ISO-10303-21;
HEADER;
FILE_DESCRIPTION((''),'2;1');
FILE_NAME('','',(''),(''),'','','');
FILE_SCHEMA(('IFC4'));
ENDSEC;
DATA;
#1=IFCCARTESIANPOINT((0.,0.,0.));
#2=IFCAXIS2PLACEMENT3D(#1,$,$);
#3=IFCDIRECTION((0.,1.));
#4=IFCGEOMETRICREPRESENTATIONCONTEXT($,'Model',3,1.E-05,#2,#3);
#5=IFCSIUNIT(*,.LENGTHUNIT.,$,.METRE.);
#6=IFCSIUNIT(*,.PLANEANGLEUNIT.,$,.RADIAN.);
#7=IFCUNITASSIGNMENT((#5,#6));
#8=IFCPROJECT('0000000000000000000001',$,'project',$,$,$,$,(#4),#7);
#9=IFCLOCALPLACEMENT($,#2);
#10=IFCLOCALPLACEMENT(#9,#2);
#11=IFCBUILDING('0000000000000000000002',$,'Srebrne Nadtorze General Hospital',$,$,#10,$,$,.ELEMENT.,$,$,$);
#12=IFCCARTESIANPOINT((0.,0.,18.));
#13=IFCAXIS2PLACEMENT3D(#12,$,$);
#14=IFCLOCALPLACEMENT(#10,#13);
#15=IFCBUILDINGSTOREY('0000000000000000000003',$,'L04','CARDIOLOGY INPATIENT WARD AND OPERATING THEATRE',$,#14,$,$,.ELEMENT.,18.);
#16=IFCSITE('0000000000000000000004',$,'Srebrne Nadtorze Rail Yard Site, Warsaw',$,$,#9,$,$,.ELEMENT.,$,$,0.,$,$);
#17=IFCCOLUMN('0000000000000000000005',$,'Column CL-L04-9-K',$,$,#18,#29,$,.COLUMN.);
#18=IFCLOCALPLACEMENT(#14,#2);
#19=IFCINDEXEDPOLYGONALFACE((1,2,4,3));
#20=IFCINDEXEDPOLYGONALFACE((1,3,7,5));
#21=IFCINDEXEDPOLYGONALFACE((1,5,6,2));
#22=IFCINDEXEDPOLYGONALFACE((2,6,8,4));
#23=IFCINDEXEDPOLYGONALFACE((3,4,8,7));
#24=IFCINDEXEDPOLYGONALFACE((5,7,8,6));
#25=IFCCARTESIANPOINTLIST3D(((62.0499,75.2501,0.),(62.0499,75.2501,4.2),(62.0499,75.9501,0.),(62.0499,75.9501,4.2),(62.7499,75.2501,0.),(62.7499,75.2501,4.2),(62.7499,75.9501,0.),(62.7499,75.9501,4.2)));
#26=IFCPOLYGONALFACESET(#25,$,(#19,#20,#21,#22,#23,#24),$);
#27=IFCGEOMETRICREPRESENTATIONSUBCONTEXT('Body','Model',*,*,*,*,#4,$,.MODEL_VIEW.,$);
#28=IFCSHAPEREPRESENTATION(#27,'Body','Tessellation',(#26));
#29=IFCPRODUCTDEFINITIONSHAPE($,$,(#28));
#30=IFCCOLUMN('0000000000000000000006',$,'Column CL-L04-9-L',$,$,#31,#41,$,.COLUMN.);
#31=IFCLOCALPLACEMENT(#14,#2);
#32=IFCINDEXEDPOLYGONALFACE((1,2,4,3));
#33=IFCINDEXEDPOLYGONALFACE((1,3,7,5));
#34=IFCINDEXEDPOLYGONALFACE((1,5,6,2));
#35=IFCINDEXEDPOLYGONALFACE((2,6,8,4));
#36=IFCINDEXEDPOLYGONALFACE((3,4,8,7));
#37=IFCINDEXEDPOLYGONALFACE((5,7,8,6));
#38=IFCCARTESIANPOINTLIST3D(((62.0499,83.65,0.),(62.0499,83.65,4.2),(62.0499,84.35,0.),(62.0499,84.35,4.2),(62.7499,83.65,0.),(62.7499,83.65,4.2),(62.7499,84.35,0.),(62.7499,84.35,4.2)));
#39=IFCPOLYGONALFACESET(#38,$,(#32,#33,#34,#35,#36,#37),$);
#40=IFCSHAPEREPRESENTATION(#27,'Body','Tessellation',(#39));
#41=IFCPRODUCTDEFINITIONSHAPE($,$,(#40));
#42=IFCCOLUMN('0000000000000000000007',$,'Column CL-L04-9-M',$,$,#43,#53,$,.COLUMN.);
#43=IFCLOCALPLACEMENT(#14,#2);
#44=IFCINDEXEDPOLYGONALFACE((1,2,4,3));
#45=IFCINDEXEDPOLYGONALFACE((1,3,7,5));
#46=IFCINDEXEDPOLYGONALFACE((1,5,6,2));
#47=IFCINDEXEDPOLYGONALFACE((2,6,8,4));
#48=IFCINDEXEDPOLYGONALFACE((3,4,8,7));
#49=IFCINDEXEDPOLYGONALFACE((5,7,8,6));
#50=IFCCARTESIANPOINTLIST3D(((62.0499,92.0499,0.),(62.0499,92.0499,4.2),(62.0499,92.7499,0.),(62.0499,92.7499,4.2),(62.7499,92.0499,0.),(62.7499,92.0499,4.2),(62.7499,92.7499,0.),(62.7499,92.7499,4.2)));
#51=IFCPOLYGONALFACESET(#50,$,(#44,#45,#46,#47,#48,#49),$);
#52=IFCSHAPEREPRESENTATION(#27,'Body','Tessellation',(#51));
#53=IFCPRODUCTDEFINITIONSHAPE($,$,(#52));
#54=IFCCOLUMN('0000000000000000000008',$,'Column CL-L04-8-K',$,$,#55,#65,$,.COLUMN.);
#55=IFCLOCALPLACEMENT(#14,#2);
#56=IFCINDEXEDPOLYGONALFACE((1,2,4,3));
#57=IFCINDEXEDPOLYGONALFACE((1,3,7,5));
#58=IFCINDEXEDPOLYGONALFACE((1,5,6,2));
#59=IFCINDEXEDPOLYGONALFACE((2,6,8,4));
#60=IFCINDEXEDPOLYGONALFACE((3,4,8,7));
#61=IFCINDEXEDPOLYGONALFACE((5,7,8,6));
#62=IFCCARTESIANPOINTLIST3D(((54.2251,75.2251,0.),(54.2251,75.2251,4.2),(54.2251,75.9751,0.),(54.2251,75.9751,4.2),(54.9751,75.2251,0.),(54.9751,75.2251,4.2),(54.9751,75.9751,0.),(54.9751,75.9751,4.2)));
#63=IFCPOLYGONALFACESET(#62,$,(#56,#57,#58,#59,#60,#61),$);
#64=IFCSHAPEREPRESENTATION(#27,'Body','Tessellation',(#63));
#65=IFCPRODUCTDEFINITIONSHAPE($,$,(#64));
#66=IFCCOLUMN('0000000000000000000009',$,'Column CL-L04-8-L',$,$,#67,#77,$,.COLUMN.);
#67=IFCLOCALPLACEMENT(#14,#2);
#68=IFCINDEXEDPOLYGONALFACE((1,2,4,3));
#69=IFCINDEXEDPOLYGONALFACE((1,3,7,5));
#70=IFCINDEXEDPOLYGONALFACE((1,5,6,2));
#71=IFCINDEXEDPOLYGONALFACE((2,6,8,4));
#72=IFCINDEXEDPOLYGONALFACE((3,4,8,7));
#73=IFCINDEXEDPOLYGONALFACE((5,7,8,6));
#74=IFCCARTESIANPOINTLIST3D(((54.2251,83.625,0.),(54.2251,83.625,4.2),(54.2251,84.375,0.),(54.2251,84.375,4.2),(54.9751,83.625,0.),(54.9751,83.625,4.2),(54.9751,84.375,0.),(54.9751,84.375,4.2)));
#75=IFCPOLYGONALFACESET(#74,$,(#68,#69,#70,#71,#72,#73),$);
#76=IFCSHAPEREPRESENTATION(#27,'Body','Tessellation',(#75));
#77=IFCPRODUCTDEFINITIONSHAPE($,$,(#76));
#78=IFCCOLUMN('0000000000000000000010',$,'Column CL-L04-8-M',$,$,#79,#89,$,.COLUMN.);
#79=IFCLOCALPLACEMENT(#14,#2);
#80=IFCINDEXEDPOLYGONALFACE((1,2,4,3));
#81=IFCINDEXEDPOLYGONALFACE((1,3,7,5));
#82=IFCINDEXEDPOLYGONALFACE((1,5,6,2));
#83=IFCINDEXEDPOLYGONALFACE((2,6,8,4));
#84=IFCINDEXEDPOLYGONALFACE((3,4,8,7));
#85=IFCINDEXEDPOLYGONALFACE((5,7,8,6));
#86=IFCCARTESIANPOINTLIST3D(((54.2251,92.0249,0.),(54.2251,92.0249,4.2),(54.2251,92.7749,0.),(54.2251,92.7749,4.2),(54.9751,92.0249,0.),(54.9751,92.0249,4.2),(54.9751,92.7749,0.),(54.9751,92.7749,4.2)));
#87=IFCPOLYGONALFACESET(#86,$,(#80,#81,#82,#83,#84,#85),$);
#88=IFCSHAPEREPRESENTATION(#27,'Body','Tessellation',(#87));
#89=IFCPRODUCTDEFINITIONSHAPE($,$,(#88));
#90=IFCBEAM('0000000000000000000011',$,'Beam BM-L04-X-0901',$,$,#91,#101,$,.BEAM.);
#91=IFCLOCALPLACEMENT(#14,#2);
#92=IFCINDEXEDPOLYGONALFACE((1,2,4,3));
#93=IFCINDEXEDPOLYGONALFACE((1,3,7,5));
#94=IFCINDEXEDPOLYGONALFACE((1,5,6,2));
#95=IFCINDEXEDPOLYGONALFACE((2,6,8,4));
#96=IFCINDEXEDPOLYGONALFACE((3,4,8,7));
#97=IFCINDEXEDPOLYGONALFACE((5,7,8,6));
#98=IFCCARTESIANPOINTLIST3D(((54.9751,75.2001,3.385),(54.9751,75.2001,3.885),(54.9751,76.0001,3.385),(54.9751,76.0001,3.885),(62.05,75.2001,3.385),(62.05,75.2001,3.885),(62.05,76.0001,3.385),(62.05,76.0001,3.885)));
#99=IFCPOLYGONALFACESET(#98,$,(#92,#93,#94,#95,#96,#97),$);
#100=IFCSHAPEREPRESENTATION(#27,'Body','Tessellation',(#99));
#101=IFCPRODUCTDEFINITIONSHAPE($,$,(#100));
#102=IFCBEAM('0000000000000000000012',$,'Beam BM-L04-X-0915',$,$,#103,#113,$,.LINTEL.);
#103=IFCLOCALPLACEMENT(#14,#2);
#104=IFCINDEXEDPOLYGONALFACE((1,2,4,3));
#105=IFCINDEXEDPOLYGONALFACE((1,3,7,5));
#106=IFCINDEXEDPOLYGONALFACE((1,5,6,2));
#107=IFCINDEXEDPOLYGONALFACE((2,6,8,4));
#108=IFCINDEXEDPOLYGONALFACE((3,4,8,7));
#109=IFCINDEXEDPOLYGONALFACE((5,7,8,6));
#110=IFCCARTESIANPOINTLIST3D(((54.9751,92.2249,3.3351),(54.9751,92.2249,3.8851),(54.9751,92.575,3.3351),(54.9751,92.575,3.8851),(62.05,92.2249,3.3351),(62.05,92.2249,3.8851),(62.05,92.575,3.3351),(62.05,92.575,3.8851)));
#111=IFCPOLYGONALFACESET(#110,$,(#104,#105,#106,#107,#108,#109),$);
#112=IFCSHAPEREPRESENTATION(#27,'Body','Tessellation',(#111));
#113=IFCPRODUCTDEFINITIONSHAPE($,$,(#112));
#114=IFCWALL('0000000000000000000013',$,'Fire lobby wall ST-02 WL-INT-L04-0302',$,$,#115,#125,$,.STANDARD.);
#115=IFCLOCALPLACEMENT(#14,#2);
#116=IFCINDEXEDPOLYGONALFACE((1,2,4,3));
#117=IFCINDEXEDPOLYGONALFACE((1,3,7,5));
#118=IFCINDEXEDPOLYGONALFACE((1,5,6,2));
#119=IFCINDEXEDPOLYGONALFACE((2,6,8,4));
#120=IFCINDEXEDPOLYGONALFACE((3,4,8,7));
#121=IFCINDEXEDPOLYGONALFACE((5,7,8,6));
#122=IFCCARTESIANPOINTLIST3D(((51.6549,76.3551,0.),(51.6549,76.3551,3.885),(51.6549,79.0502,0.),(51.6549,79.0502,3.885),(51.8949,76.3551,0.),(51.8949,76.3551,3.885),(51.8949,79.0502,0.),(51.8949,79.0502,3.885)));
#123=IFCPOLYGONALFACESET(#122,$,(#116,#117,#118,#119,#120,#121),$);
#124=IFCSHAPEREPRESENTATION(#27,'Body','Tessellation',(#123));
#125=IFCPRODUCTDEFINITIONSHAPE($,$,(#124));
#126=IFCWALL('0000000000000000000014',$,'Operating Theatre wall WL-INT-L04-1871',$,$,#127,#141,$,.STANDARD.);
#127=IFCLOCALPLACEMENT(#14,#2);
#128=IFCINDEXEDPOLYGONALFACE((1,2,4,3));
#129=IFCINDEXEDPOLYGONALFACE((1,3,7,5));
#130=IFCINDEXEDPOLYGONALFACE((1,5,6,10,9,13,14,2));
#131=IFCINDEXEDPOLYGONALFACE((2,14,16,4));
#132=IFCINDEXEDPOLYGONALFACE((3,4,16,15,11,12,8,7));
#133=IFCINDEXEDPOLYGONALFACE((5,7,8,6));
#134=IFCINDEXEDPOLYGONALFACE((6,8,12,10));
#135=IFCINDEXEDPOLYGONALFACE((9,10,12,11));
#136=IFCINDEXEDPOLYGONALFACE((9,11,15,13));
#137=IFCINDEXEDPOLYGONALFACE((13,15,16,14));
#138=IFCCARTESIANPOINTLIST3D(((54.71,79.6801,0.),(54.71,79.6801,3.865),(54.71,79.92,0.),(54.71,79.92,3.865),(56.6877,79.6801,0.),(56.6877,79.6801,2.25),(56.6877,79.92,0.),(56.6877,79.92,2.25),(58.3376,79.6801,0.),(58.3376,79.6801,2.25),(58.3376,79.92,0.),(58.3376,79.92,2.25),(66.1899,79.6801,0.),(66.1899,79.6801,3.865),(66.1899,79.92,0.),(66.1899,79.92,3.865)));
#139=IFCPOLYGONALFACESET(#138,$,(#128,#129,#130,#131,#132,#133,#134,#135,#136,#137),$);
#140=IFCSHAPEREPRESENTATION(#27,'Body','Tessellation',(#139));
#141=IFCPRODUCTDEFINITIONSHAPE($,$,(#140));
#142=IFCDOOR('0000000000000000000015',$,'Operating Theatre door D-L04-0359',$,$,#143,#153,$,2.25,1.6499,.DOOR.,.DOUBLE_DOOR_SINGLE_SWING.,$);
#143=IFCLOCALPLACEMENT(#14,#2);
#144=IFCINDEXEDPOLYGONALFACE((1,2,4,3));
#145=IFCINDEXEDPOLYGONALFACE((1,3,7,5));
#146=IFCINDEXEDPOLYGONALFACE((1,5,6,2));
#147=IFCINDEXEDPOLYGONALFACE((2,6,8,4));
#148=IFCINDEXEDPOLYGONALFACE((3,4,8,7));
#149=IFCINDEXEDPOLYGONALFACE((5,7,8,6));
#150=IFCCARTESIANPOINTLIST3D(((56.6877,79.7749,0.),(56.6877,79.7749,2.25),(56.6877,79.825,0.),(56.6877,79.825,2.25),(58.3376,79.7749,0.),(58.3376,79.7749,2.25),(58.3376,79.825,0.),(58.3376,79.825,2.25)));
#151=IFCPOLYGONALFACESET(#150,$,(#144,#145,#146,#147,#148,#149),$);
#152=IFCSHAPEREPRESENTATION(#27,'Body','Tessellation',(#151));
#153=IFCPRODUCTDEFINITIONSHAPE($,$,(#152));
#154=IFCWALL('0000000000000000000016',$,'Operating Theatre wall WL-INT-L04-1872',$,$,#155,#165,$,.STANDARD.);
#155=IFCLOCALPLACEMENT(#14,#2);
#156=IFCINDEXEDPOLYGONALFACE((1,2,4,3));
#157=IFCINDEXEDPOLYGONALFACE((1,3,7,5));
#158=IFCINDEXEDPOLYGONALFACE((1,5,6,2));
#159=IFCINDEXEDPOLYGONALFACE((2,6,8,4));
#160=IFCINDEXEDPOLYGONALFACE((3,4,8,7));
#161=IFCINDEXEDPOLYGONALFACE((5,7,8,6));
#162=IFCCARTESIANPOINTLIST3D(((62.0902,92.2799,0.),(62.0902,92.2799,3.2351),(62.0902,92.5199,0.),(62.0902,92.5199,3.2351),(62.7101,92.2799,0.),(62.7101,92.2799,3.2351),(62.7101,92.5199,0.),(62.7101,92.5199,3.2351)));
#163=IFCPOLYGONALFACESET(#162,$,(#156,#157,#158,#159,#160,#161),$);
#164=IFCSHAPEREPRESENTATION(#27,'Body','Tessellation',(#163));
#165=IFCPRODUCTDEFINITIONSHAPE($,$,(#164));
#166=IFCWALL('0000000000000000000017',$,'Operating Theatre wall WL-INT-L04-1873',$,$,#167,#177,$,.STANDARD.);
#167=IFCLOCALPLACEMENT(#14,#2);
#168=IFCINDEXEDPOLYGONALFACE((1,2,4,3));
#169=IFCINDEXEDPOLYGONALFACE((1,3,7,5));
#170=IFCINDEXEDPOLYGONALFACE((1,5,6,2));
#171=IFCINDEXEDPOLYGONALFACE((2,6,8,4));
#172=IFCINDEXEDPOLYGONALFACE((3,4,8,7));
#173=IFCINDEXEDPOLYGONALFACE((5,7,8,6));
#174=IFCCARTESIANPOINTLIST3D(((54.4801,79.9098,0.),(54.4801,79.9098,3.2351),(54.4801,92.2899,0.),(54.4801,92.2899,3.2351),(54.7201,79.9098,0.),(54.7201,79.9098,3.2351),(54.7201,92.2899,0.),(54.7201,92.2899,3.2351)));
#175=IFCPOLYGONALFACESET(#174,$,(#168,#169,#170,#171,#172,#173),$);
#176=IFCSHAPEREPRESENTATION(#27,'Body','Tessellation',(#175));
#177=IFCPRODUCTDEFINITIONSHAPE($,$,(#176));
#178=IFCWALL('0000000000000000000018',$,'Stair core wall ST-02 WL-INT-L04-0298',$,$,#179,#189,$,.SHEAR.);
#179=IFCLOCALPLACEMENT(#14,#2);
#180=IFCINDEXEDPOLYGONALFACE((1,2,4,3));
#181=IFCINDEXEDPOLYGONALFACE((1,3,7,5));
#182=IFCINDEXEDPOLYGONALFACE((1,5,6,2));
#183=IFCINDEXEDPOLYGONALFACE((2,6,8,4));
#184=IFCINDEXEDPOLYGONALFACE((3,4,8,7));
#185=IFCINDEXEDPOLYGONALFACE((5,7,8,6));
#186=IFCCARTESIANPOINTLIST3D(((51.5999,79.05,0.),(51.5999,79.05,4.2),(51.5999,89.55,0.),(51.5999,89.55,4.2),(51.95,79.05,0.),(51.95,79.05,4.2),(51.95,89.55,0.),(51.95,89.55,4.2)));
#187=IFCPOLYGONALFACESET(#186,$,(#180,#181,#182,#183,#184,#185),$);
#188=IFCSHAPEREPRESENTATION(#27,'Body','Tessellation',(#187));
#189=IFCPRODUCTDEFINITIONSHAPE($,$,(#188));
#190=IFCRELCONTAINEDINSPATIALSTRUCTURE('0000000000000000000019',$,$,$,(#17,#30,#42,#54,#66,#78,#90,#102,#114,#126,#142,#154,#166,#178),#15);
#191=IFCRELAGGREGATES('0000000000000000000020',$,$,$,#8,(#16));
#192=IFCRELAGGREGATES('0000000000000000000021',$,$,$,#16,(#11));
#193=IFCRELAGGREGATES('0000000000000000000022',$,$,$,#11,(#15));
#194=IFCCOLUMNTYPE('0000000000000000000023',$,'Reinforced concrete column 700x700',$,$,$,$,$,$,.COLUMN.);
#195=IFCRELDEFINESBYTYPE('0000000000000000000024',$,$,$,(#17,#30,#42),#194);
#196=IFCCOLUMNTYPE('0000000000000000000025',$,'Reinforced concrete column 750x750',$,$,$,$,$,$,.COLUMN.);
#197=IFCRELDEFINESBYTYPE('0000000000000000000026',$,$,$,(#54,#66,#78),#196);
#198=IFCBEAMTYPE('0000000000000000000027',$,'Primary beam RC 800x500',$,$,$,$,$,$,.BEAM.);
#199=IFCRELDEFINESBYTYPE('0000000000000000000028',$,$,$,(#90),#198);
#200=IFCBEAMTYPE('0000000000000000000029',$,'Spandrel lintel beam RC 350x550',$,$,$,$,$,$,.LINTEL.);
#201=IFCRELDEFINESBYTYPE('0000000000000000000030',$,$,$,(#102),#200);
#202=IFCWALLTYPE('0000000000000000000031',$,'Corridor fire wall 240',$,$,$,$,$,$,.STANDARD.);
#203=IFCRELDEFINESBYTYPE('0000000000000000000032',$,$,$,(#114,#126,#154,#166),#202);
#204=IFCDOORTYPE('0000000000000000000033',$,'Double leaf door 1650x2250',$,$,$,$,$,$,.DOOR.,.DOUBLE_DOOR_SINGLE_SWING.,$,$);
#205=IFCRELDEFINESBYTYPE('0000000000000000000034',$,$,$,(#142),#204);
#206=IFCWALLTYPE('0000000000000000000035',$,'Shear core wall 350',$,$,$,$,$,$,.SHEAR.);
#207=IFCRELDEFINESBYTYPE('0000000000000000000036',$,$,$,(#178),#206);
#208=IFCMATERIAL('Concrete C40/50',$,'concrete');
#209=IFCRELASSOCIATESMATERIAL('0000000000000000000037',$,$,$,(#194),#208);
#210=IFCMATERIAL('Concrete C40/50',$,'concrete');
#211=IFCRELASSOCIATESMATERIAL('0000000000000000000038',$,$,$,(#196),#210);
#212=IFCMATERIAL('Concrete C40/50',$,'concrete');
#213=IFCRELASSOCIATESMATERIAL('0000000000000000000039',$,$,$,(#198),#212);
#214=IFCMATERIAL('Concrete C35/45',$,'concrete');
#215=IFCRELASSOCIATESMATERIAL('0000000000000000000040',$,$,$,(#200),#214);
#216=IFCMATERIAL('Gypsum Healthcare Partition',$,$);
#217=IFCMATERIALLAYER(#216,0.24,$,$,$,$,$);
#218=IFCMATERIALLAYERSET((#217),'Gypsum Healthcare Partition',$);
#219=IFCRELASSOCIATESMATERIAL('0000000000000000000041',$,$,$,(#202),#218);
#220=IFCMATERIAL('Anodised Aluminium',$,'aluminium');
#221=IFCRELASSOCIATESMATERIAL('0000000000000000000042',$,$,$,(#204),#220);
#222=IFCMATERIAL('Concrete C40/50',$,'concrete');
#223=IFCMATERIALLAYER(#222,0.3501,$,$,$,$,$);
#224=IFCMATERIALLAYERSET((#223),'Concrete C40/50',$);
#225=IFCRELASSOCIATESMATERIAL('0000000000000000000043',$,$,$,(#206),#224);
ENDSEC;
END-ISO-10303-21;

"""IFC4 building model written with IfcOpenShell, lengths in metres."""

from ifc_helpers import new_model, si_unit, direction, frame, frame_2d, origin, origin_2d, place, context, subcontext, project, spatial, rectangle, extrude, material, layer, layer_set, material_profile, profile_set, type_object, element, fill, save


model = new_model("IFC4")

# Units and contexts
model_context = context("Model", 3, precision=1e-05, world=origin(), true_north=direction((0.0, 1.0)))
body_context = subcontext(model_context, "Body", "Model", "MODEL_VIEW")
ifc_project = project(units=[si_unit("LENGTHUNIT", "METRE"), si_unit("PLANEANGLEUNIT", "RADIAN")], contexts=[model_context])

# Site, building, storey
site_placement = place(None, origin())
site = spatial("IfcSite", under=ifc_project, at=site_placement, Name="Srebrne Nadtorze Rail Yard Site, Warsaw", CompositionType="ELEMENT", RefElevation=0.0)
building_placement = place(site_placement, origin())
building = spatial("IfcBuilding", under=site, at=building_placement, Name="Srebrne Nadtorze General Hospital", CompositionType="ELEMENT")
storey_placement = place(building_placement, frame((0.0, 0.0, 18.0)))
storey = spatial("IfcBuildingStorey", under=building, at=storey_placement, Name="L04", Description="CARDIOLOGY INPATIENT WARD AND OPERATING THEATRE", CompositionType="ELEMENT", Elevation=18.0)

# Columns
ifc_material_1 = material(Name="Concrete C40/50", Category="concrete")
ifc_material_profile_1 = material_profile(ifc_material_1, rectangle(XDim=0.7, YDim=0.7, at=origin_2d()), Name="RC-COL-700x700")
ifc_profile_set_1 = profile_set([ifc_material_profile_1], Name="Concrete C40/50")
column_type_1 = type_object("IfcColumnType", Name="Reinforced concrete column 700x700", PredefinedType="COLUMN", material=ifc_profile_set_1)
for number, where, z_axis, x_axis, name in (
    (1, (62.3999, 75.6001, 0.0), (0.0, 0.0, 1.0), (1.0, 0.0, 0.0), "Column CL-L04-9-K"),
    (2, (62.3999, 84.0, 0.0), (0.0, 0.0, 1.0), (1.0, 0.0, 0.0), "Column CL-L04-9-L"),
    (3, (62.3999, 92.3999, 0.0), (0.0, 0.0, 1.0), (1.0, 0.0, 0.0), "Column CL-L04-9-M"),
):
    element("IfcColumn", number, at=place(storey_placement, frame(where, z_axis=z_axis, x_axis=x_axis)), inside=storey, type_object=column_type_1, Name=name, PredefinedType="COLUMN", context=body_context, shape_type="SweptSolid", body=[
        extrude(rectangle(XDim=0.7, YDim=0.7, at=origin_2d()), origin(), (0.0, 0.0, 1.0), 4.2),
    ])
ifc_material_2 = material(Name="Concrete C40/50", Category="concrete")
ifc_material_profile_2 = material_profile(ifc_material_2, rectangle(XDim=0.75, YDim=0.75, at=origin_2d()), Name="RC-COL-750x750")
ifc_profile_set_2 = profile_set([ifc_material_profile_2], Name="Concrete C40/50")
column_type_2 = type_object("IfcColumnType", Name="Reinforced concrete column 750x750", PredefinedType="COLUMN", material=ifc_profile_set_2)
for number, where, z_axis, x_axis, name in (
    (4, (54.6001, 75.6001, 0.0), (0.0, 0.0, 1.0), (1.0, 0.0, 0.0), "Column CL-L04-8-K"),
    (5, (54.6001, 84.0, 0.0), (0.0, 0.0, 1.0), (1.0, 0.0, 0.0), "Column CL-L04-8-L"),
    (6, (54.6001, 92.3999, 0.0), (0.0, 0.0, 1.0), (1.0, 0.0, 0.0), "Column CL-L04-8-M"),
):
    element("IfcColumn", number, at=place(storey_placement, frame(where, z_axis=z_axis, x_axis=x_axis)), inside=storey, type_object=column_type_2, Name=name, PredefinedType="COLUMN", context=body_context, shape_type="SweptSolid", body=[
        extrude(rectangle(XDim=0.75, YDim=0.75, at=origin_2d()), origin(), (0.0, 0.0, 1.0), 4.2),
    ])

# Beams
ifc_material_3 = material(Name="Concrete C40/50", Category="concrete")
ifc_material_profile_3 = material_profile(ifc_material_3, rectangle(XDim=0.8, YDim=0.5, at=origin_2d()), Name="RC-BM-800x500")
ifc_profile_set_3 = profile_set([ifc_material_profile_3], Name="Concrete C40/50")
beam_type_1 = type_object("IfcBeamType", Name="Primary beam RC 800x500", PredefinedType="BEAM", material=ifc_profile_set_3)
beam_1_placement = place(storey_placement, frame((54.9751, 75.6001, 3.635), z_axis=(1.0, 0.0, 0.0), x_axis=(0.0, 1.0, 0.0)))
element("IfcBeam", 7, at=beam_1_placement, inside=storey, type_object=beam_type_1, Name="Beam BM-L04-X-0901", PredefinedType="BEAM", context=body_context, shape_type="SweptSolid", body=[
    extrude(rectangle(XDim=0.8, YDim=0.5, at=origin_2d()), origin(), (0.0, 0.0, 1.0), 7.075),
])
ifc_material_4 = material(Name="Concrete C35/45", Category="concrete")
ifc_material_profile_4 = material_profile(ifc_material_4, rectangle(XDim=0.3501, YDim=0.55, at=origin_2d()), Name="RC-BM-350x550")
ifc_profile_set_4 = profile_set([ifc_material_profile_4], Name="Concrete C35/45")
beam_type_2 = type_object("IfcBeamType", Name="Spandrel lintel beam RC 350x550", PredefinedType="LINTEL", material=ifc_profile_set_4)
beam_2_placement = place(storey_placement, frame((54.9751, 92.3999, 3.6101), z_axis=(1.0, 0.0, 0.0), x_axis=(0.0, 1.0, 0.0)))
element("IfcBeam", 8, at=beam_2_placement, inside=storey, type_object=beam_type_2, Name="Beam BM-L04-X-0915", PredefinedType="LINTEL", context=body_context, shape_type="SweptSolid", body=[
    extrude(rectangle(XDim=0.3501, YDim=0.55, at=origin_2d()), origin(), (0.0, 0.0, 1.0), 7.075),
])

# Wall
ifc_material_5 = material(Name="Gypsum Healthcare Partition")
ifc_layer_1 = layer(ifc_material_5, 0.24)
ifc_layer_set_1 = layer_set([ifc_layer_1], Name="Gypsum Healthcare Partition")
wall_type_1 = type_object("IfcWallType", Name="Corridor fire wall 240", PredefinedType="STANDARD", material=ifc_layer_set_1)
wall_1_placement = place(storey_placement, frame((51.7749, 76.355, 0.0), z_axis=(0.0, 0.0, 1.0), x_axis=(0.0, 1.0, 0.0)))
element("IfcWall", 9, at=wall_1_placement, inside=storey, type_object=wall_type_1, Name="Fire lobby wall ST-02 WL-INT-L04-0302", PredefinedType="STANDARD", context=body_context, shape_type="SweptSolid", body=[
    extrude(rectangle(XDim=2.6951, YDim=0.24, at=frame_2d((1.3477, 0.0))), origin(), (0.0, 0.0, 1.0), 3.885),
])

# Wall, opening, door
wall_2_placement = place(storey_placement, frame((54.71, 79.8, 0.0), z_axis=(0.0, 0.0, 1.0), x_axis=(1.0, 0.0, 0.0)))
wall_2 = element("IfcWall", 10, at=wall_2_placement, inside=storey, type_object=wall_type_1, Name="Operating Theatre wall WL-INT-L04-1871", PredefinedType="STANDARD", context=body_context, shape_type="SweptSolid", body=[
    extrude(rectangle(XDim=11.48, YDim=0.24, at=frame_2d((5.74, 0.0))), origin(), (0.0, 0.0, 1.0), 3.865),
])
opening_1_placement = place(wall_2_placement, frame((1.9778, 0.0, 0.0)))
opening_1 = element("IfcOpeningElement", 11, at=opening_1_placement, cuts=wall_2, PredefinedType="OPENING", context=body_context, shape_type="SweptSolid", body=[
    extrude(rectangle(XDim=1.6499, YDim=2.25, at=frame_2d((0.825, 1.125))), frame((0.0, 0.1318, 0.0), z_axis=(0.0, -1.0, 0.0), x_axis=(1.0, 0.0, 0.0)), (0.0, 0.0, 1.0), 0.2639),
])
ifc_material_6 = material(Name="Anodised Aluminium", Category="aluminium")
door_type = type_object("IfcDoorType", Name="Double leaf door 1650x2250", OperationType="DOUBLE_DOOR_SINGLE_SWING", PredefinedType="DOOR", material=ifc_material_6)
door_placement = place(opening_1_placement, origin())
door = element("IfcDoor", 12, at=door_placement, inside=storey, type_object=door_type, Name="Operating Theatre door D-L04-0359", OperationType="DOUBLE_DOOR_SINGLE_SWING", OverallHeight=2.25, OverallWidth=1.6499, PredefinedType="DOOR", context=body_context, shape_type="SweptSolid", body=[
    extrude(rectangle(XDim=1.6499, YDim=2.25, at=frame_2d((0.825, 1.125))), frame((0.0, 0.0249, 0.0), z_axis=(0.0, -1.0, 0.0), x_axis=(1.0, 0.0, 0.0)), (0.0, 0.0, 1.0), 0.05),
])
fill(opening_1, door)

# Walls
wall_3_placement = place(storey_placement, frame((62.0901, 92.3999, 0.0), z_axis=(0.0, 0.0, 1.0), x_axis=(1.0, 0.0, 0.0)))
element("IfcWall", 13, at=wall_3_placement, inside=storey, type_object=wall_type_1, Name="Operating Theatre wall WL-INT-L04-1872", PredefinedType="STANDARD", context=body_context, shape_type="SweptSolid", body=[
    extrude(rectangle(XDim=0.6199, YDim=0.24, at=frame_2d((0.3101, 0.0))), origin(), (0.0, 0.0, 1.0), 3.2351),
])
wall_4_placement = place(storey_placement, frame((54.6001, 79.9099, 0.0), z_axis=(0.0, 0.0, 1.0), x_axis=(0.0, 1.0, 0.0)))
element("IfcWall", 14, at=wall_4_placement, inside=storey, type_object=wall_type_1, Name="Operating Theatre wall WL-INT-L04-1873", PredefinedType="STANDARD", context=body_context, shape_type="SweptSolid", body=[
    extrude(rectangle(XDim=12.3801, YDim=0.24, at=frame_2d((6.1899, 0.0))), origin(), (0.0, 0.0, 1.0), 3.2351),
])
ifc_material_7 = material(Name="Concrete C40/50", Category="concrete")
ifc_layer_2 = layer(ifc_material_7, 0.3501)
ifc_layer_set_2 = layer_set([ifc_layer_2], Name="Concrete C40/50")
wall_type_2 = type_object("IfcWallType", Name="Shear core wall 350", PredefinedType="SHEAR", material=ifc_layer_set_2)
wall_5_placement = place(storey_placement, frame((51.7749, 79.05, 0.0), z_axis=(0.0, 0.0, 1.0), x_axis=(0.0, 1.0, 0.0)))
element("IfcWall", 15, at=wall_5_placement, inside=storey, type_object=wall_type_2, Name="Stair core wall ST-02 WL-INT-L04-0298", PredefinedType="SHEAR", context=body_context, shape_type="SweptSolid", body=[
    extrude(rectangle(XDim=10.5, YDim=0.3501, at=frame_2d((5.25, 0.0))), origin(), (0.0, 0.0, 1.0), 4.2),
])

save(model, "model.ifc")
